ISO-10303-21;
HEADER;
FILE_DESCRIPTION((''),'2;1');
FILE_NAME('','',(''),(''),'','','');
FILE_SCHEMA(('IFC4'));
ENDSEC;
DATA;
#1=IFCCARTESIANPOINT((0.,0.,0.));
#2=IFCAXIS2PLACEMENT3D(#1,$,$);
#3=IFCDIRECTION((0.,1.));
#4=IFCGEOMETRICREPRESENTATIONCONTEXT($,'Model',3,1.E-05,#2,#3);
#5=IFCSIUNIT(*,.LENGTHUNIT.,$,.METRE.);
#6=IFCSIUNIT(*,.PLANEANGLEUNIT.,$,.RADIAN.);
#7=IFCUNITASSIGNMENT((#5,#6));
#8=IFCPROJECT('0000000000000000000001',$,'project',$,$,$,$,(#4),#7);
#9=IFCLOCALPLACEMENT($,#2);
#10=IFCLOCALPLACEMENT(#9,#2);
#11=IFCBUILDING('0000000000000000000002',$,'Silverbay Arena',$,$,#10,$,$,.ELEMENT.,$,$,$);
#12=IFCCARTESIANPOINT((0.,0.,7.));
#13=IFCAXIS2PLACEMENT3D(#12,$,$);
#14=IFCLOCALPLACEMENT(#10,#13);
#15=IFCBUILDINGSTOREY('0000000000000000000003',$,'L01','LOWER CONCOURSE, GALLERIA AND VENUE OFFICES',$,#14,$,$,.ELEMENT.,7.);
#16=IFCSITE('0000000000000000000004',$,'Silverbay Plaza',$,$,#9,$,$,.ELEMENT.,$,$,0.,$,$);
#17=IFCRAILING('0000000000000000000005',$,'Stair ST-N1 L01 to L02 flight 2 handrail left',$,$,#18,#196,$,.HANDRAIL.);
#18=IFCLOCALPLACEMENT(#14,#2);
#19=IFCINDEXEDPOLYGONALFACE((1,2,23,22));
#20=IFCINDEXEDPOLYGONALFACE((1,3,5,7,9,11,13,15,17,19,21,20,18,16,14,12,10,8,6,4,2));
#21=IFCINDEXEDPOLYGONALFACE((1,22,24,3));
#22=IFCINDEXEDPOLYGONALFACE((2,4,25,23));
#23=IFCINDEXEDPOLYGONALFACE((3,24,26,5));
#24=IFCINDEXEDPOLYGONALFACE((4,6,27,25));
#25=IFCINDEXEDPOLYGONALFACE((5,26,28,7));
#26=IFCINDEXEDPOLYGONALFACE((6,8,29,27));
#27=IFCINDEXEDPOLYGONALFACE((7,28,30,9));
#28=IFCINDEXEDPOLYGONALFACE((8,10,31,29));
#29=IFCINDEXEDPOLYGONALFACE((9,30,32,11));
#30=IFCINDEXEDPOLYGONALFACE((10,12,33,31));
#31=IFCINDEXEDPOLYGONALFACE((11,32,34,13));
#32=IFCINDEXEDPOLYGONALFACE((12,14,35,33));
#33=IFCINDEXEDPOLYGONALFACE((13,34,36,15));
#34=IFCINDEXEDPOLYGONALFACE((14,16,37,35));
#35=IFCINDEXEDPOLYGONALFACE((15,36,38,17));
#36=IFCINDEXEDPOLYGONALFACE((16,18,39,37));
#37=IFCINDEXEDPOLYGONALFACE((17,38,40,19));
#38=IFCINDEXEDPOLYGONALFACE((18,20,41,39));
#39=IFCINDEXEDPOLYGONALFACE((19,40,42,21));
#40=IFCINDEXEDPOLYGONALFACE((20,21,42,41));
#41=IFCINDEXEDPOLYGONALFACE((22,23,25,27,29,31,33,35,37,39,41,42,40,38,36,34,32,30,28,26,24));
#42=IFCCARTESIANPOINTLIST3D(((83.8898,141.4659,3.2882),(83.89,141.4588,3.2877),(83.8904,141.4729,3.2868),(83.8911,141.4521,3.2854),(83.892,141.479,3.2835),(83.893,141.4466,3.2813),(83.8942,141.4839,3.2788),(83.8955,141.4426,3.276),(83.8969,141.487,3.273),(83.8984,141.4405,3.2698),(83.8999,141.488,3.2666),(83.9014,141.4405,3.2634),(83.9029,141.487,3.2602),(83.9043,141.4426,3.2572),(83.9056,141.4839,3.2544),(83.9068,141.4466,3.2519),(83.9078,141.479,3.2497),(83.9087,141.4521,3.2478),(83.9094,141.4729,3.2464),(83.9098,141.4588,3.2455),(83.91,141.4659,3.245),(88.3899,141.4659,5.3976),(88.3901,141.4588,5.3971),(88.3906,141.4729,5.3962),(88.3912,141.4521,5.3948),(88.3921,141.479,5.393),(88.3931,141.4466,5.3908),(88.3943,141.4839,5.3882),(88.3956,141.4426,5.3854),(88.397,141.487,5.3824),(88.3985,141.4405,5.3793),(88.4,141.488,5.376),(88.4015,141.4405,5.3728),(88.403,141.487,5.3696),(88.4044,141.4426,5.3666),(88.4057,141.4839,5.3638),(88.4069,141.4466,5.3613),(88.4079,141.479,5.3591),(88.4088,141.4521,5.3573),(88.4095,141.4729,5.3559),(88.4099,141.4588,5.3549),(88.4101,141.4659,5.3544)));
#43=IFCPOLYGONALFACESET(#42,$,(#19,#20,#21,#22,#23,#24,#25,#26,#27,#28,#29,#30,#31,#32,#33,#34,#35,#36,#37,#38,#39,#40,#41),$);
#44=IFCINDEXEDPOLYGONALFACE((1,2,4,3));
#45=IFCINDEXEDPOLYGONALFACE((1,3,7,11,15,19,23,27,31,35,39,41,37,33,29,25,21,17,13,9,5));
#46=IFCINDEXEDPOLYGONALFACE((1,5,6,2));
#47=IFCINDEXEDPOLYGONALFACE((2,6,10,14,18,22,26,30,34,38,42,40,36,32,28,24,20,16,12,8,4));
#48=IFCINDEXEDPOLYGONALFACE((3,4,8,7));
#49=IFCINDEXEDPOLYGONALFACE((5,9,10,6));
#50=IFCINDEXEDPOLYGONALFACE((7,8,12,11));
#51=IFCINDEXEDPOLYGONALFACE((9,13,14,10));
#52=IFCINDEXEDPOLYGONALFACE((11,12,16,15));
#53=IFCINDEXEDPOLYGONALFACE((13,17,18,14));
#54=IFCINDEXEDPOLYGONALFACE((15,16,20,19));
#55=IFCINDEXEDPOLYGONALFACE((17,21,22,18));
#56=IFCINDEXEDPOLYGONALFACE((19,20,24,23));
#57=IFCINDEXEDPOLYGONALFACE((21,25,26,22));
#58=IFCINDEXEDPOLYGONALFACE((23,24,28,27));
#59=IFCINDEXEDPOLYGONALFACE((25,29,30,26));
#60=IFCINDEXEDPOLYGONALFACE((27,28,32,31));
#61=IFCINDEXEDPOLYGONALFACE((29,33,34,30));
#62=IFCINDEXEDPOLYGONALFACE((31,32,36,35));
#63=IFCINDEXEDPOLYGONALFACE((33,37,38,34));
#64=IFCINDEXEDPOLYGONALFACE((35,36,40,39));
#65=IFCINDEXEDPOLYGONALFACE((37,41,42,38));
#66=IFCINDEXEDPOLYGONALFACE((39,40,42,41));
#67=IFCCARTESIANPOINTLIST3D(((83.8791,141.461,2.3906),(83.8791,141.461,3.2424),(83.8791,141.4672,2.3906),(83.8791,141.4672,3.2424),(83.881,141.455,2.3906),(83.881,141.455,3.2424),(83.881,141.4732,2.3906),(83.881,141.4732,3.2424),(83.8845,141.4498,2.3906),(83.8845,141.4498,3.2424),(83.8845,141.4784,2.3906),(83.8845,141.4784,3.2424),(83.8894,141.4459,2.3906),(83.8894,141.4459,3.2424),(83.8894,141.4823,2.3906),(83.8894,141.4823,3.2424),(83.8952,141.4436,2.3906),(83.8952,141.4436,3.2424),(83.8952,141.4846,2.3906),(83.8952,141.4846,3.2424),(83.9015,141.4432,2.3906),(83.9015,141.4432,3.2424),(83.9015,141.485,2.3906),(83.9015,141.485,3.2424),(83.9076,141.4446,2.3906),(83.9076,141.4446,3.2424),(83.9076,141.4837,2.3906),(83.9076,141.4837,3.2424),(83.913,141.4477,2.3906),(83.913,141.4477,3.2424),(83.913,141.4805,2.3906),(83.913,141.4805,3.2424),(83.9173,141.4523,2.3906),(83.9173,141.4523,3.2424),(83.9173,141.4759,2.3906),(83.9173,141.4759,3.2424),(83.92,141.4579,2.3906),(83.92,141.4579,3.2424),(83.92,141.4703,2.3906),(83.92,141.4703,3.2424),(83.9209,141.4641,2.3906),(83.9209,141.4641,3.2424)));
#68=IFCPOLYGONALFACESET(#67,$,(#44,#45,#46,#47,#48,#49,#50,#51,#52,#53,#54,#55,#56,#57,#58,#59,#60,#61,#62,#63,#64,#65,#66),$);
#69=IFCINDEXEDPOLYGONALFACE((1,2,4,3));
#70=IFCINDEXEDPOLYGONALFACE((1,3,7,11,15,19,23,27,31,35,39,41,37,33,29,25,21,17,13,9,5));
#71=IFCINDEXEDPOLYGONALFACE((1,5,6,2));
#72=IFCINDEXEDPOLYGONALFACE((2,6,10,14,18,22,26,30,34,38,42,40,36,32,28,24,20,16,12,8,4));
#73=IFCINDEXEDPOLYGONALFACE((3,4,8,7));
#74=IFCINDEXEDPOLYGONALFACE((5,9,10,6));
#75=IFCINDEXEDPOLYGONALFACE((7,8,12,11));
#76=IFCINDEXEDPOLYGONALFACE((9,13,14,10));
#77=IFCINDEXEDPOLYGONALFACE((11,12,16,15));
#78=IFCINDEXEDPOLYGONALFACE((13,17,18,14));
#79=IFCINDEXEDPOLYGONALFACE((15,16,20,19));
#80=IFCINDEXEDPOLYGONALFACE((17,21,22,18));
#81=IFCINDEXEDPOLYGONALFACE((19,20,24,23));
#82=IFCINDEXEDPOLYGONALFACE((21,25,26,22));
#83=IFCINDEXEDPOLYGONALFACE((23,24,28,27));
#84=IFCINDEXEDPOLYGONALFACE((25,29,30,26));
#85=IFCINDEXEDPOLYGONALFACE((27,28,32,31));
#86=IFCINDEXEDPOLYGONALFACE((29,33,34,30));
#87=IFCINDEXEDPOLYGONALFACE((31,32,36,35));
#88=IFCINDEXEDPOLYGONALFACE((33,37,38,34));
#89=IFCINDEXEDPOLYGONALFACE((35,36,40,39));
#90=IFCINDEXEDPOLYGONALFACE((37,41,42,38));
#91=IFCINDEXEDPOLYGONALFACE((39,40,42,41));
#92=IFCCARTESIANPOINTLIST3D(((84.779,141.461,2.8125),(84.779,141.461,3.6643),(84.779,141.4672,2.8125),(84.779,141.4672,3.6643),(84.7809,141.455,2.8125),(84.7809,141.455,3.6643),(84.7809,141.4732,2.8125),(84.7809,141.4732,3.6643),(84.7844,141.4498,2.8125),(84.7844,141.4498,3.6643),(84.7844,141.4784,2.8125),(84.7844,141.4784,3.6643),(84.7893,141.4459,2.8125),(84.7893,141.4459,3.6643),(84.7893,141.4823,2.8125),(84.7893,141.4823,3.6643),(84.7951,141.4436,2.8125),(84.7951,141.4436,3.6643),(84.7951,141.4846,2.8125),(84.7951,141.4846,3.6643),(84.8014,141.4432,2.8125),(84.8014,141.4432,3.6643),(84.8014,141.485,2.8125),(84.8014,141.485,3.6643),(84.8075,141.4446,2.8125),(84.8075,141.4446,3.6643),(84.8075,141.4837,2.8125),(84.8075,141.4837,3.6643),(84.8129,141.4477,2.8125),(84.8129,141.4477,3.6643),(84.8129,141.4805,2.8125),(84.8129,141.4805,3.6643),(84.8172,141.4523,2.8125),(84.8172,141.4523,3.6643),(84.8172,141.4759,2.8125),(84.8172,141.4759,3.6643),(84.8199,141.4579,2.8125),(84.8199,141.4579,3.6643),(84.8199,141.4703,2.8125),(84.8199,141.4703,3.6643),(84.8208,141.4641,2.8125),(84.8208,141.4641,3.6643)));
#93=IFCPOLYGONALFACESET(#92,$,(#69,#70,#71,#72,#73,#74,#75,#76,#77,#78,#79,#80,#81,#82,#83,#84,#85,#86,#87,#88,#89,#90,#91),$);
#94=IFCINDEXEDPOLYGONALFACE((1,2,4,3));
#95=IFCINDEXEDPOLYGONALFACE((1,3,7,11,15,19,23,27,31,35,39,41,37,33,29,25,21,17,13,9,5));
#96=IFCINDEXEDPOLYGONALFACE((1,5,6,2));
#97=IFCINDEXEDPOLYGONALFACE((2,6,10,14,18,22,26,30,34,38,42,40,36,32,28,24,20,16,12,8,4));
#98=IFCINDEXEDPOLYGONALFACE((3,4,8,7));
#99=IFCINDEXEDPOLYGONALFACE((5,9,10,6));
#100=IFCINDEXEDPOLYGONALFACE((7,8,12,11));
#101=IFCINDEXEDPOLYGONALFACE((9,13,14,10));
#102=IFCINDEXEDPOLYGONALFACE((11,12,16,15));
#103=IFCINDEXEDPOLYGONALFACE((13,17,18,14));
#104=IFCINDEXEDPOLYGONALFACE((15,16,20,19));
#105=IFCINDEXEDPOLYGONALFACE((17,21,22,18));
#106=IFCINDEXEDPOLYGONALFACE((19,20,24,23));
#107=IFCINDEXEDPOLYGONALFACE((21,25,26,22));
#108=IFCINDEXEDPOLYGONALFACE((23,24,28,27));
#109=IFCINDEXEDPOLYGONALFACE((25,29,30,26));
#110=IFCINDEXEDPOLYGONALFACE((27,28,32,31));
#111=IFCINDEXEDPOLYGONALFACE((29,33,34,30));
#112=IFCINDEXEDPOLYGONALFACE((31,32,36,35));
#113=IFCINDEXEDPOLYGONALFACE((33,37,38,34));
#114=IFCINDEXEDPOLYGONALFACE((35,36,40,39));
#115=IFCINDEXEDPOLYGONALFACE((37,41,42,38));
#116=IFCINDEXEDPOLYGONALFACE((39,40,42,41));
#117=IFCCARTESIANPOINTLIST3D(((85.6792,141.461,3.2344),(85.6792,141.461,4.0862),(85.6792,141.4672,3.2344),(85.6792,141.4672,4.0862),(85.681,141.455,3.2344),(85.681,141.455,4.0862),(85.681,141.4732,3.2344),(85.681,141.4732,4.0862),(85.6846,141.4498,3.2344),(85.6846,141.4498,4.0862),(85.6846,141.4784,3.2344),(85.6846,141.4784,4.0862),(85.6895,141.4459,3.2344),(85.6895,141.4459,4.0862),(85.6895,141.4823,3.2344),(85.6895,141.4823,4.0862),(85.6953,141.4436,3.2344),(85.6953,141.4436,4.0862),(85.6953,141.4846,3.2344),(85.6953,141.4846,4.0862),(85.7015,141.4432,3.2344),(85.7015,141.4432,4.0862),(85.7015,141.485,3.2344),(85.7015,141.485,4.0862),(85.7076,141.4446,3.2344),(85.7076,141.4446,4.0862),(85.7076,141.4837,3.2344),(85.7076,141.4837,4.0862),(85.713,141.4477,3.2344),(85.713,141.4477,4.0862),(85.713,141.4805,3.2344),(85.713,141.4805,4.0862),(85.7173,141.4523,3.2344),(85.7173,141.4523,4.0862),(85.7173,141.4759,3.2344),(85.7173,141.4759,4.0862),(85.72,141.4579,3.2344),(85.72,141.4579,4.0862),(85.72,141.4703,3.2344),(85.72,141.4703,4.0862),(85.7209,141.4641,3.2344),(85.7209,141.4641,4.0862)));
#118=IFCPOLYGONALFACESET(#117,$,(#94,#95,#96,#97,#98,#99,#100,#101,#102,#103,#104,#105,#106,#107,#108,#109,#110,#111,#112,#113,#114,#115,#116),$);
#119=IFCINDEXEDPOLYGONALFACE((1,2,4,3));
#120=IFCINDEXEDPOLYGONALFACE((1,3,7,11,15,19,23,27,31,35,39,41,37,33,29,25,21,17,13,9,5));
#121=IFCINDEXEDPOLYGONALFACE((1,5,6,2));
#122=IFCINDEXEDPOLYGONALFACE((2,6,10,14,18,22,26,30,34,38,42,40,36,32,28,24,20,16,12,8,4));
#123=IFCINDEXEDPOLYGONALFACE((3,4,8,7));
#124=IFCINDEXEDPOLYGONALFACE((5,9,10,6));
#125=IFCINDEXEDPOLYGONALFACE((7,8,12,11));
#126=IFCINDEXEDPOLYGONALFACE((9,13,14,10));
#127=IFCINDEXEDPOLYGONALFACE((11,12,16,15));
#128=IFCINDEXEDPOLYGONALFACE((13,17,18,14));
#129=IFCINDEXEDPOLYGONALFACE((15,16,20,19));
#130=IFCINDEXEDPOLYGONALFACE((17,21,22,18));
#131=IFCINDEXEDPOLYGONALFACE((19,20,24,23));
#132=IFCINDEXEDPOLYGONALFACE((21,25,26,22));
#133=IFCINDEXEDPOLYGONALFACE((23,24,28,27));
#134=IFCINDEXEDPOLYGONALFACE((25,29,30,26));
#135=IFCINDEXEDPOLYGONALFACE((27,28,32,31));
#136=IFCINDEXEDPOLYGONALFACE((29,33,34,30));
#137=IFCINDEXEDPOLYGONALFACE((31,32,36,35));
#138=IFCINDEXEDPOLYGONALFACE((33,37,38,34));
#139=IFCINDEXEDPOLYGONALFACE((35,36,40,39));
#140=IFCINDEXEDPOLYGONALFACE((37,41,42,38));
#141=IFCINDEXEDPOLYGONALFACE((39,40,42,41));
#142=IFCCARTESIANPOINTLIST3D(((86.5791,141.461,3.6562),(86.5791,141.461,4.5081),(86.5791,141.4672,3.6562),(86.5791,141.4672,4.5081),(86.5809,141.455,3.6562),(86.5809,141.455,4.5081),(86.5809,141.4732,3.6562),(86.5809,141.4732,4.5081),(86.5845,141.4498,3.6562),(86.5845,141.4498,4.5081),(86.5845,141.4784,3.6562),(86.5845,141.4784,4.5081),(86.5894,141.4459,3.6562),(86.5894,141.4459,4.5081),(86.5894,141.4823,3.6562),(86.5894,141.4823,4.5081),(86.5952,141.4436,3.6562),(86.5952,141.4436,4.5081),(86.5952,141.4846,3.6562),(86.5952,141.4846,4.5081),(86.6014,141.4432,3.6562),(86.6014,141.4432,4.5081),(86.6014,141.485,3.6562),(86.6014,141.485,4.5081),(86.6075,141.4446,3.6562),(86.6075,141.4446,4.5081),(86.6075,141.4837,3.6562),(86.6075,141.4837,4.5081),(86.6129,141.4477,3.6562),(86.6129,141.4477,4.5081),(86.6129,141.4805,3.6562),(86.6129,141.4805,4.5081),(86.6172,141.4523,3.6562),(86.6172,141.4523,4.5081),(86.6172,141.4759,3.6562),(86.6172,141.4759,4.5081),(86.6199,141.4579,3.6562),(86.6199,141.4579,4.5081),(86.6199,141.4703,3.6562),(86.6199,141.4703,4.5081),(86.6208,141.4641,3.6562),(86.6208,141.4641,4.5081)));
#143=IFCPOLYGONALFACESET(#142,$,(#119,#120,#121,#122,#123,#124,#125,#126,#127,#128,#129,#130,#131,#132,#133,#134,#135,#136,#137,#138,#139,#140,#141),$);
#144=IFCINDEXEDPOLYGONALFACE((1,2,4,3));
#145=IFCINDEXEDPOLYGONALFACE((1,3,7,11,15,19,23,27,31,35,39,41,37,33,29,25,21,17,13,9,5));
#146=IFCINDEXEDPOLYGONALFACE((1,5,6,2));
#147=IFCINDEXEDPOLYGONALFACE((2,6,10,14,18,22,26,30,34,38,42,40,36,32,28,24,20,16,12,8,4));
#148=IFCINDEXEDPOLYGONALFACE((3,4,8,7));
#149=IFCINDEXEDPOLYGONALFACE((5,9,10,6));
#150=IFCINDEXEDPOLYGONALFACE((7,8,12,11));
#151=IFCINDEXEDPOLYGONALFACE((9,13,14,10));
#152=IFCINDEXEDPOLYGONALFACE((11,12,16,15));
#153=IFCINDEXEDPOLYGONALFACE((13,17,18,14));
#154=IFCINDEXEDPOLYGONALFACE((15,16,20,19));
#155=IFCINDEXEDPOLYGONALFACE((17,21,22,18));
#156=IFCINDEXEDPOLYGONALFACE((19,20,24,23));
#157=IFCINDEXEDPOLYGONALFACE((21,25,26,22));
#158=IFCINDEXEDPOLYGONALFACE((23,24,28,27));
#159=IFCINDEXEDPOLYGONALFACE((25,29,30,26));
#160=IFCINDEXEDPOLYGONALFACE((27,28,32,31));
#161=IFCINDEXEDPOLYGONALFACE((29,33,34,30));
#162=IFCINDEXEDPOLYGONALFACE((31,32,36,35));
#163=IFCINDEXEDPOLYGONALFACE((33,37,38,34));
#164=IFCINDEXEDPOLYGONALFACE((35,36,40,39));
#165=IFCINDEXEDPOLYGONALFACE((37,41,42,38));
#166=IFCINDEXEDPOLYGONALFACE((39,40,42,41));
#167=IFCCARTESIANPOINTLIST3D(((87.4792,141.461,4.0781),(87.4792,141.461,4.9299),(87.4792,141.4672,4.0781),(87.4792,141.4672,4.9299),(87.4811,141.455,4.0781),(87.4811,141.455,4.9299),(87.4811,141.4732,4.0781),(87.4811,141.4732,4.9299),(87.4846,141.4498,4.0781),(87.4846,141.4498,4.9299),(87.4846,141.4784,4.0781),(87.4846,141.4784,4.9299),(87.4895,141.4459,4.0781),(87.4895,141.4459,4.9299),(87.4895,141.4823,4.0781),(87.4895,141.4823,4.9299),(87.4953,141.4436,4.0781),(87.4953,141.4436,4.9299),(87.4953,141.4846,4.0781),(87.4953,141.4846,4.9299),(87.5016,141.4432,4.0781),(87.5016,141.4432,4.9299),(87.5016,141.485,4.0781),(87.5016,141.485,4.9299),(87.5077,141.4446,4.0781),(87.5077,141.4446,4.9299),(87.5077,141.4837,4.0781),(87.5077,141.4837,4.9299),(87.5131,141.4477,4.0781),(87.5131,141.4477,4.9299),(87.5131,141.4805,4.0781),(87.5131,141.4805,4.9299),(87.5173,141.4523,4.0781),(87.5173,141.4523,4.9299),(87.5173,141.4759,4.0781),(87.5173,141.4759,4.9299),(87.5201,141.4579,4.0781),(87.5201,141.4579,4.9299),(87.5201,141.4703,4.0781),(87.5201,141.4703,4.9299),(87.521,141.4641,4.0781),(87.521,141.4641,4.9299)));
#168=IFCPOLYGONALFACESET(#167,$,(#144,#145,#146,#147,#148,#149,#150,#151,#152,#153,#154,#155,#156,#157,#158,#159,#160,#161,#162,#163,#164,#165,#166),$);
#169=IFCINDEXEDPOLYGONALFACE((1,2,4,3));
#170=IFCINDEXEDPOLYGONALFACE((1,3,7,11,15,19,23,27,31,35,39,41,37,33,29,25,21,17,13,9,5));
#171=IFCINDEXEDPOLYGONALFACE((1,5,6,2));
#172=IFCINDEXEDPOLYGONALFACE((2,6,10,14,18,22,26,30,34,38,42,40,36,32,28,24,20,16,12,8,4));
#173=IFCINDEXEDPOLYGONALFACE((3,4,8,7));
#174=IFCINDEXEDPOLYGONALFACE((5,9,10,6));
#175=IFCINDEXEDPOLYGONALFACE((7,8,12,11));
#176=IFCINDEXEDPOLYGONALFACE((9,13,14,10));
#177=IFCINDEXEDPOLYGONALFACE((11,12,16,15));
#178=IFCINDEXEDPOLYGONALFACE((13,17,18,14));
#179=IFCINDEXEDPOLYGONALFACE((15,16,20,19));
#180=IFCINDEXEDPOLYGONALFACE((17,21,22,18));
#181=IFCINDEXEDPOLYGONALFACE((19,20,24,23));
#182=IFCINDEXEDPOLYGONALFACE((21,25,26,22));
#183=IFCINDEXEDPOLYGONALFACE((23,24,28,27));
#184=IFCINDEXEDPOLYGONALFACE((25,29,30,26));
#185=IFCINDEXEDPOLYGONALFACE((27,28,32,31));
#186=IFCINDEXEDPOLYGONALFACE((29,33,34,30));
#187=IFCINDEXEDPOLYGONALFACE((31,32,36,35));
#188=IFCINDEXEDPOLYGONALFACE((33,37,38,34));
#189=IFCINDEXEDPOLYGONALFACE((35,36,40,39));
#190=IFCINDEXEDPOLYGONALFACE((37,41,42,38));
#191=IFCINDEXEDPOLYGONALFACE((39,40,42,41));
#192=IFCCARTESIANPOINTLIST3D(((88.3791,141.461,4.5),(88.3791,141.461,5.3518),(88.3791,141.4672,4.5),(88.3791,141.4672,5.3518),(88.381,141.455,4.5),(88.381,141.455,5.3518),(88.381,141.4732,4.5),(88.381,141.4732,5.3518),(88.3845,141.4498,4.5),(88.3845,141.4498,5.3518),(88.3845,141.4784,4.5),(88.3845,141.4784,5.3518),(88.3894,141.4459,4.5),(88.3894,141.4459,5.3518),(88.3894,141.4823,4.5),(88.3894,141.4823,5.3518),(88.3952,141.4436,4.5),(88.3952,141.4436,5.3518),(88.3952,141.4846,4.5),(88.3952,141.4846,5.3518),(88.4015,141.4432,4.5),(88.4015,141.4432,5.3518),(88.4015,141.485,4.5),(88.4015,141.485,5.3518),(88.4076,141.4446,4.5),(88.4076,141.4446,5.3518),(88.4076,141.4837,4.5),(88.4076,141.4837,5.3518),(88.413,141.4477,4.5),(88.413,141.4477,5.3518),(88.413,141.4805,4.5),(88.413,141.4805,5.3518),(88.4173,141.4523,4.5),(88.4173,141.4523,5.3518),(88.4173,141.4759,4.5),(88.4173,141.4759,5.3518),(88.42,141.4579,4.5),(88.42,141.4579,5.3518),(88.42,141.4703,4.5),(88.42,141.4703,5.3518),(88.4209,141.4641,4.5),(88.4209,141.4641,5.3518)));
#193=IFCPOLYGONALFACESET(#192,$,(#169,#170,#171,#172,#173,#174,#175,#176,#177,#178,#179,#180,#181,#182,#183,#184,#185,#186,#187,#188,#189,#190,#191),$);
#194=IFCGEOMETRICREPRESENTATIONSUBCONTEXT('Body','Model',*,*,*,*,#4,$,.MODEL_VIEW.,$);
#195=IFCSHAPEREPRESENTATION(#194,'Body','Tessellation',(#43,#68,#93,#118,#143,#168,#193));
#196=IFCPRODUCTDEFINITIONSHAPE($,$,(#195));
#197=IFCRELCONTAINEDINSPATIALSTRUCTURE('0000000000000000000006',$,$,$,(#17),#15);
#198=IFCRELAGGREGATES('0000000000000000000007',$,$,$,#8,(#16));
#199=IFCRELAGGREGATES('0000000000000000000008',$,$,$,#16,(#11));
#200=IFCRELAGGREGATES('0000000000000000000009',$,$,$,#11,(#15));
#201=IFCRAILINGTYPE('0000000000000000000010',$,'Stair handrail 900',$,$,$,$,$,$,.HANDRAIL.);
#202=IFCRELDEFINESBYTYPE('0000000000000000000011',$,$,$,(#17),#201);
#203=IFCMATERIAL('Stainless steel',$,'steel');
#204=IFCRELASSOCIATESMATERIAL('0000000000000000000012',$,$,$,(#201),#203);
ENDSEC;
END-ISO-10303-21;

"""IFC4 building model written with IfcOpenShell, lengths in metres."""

from ifc_helpers import new_model, si_unit, direction, frame, origin, origin_2d, place, context, subcontext, project, spatial, circle, extrude, material, type_object, element, save


model = new_model("IFC4")

# Units and contexts
model_context = context("Model", 3, precision=1e-05, world=origin(), true_north=direction((0.0, 1.0)))
body_context = subcontext(model_context, "Body", "Model", "MODEL_VIEW")
ifc_project = project(units=[si_unit("LENGTHUNIT", "METRE"), si_unit("PLANEANGLEUNIT", "RADIAN")], contexts=[model_context])

# Site, building, storey
site_placement = place(None, origin())
site = spatial("IfcSite", under=ifc_project, at=site_placement, Name="Silverbay Plaza", CompositionType="ELEMENT", RefElevation=0.0)
building_placement = place(site_placement, origin())
building = spatial("IfcBuilding", under=site, at=building_placement, Name="Silverbay Arena", CompositionType="ELEMENT")
storey_placement = place(building_placement, frame((0.0, 0.0, 7.0)))
storey = spatial("IfcBuildingStorey", under=building, at=storey_placement, Name="L01", Description="LOWER CONCOURSE, GALLERIA AND VENUE OFFICES", CompositionType="ELEMENT", Elevation=7.0)

# Railing
ifc_material_1 = material(Name="Stainless steel", Category="steel")
railing_type_1 = type_object("IfcRailingType", Name="Stair handrail 900", PredefinedType="HANDRAIL", material=ifc_material_1)
for number, where, name in (
    (1, (83.8999, 141.4641, 2.3906), "Stair ST-N1 L01 to L02 flight 2 handrail left"),
):
    element("IfcRailing", number, at=place(storey_placement, frame(where)), inside=storey, type_object=railing_type_1, Name=name, PredefinedType="HANDRAIL", context=body_context, shape_type="SweptSolid", body=[
        extrude(circle(Radius=0.0239, at=origin_2d()), frame((0.0, 0.0, 0.876), z_axis=(0.905459, 0.0, 0.424434), x_axis=(0.0, 1.0, 0.0)), (0.0, 0.0, 1.0), 4.97),
        extrude(circle(Radius=0.021, at=origin_2d()), origin(), (0.0, 0.0, 1.0), 0.8518),
        extrude(circle(Radius=0.021, at=origin_2d()), frame((0.8999, 0.0, 0.4219)), (0.0, 0.0, 1.0), 0.8518),
        extrude(circle(Radius=0.021, at=origin_2d()), frame((1.8, 0.0, 0.8438)), (0.0, 0.0, 1.0), 0.8518),
        extrude(circle(Radius=0.021, at=origin_2d()), frame((2.7, 0.0, 1.2656)), (0.0, 0.0, 1.0), 0.8518),
        extrude(circle(Radius=0.021, at=origin_2d()), frame((3.6001, 0.0, 1.6875)), (0.0, 0.0, 1.0), 0.8518),
        extrude(circle(Radius=0.021, at=origin_2d()), frame((4.5, 0.0, 2.1094)), (0.0, 0.0, 1.0), 0.8518),
    ])

save(model, "model.ifc")
